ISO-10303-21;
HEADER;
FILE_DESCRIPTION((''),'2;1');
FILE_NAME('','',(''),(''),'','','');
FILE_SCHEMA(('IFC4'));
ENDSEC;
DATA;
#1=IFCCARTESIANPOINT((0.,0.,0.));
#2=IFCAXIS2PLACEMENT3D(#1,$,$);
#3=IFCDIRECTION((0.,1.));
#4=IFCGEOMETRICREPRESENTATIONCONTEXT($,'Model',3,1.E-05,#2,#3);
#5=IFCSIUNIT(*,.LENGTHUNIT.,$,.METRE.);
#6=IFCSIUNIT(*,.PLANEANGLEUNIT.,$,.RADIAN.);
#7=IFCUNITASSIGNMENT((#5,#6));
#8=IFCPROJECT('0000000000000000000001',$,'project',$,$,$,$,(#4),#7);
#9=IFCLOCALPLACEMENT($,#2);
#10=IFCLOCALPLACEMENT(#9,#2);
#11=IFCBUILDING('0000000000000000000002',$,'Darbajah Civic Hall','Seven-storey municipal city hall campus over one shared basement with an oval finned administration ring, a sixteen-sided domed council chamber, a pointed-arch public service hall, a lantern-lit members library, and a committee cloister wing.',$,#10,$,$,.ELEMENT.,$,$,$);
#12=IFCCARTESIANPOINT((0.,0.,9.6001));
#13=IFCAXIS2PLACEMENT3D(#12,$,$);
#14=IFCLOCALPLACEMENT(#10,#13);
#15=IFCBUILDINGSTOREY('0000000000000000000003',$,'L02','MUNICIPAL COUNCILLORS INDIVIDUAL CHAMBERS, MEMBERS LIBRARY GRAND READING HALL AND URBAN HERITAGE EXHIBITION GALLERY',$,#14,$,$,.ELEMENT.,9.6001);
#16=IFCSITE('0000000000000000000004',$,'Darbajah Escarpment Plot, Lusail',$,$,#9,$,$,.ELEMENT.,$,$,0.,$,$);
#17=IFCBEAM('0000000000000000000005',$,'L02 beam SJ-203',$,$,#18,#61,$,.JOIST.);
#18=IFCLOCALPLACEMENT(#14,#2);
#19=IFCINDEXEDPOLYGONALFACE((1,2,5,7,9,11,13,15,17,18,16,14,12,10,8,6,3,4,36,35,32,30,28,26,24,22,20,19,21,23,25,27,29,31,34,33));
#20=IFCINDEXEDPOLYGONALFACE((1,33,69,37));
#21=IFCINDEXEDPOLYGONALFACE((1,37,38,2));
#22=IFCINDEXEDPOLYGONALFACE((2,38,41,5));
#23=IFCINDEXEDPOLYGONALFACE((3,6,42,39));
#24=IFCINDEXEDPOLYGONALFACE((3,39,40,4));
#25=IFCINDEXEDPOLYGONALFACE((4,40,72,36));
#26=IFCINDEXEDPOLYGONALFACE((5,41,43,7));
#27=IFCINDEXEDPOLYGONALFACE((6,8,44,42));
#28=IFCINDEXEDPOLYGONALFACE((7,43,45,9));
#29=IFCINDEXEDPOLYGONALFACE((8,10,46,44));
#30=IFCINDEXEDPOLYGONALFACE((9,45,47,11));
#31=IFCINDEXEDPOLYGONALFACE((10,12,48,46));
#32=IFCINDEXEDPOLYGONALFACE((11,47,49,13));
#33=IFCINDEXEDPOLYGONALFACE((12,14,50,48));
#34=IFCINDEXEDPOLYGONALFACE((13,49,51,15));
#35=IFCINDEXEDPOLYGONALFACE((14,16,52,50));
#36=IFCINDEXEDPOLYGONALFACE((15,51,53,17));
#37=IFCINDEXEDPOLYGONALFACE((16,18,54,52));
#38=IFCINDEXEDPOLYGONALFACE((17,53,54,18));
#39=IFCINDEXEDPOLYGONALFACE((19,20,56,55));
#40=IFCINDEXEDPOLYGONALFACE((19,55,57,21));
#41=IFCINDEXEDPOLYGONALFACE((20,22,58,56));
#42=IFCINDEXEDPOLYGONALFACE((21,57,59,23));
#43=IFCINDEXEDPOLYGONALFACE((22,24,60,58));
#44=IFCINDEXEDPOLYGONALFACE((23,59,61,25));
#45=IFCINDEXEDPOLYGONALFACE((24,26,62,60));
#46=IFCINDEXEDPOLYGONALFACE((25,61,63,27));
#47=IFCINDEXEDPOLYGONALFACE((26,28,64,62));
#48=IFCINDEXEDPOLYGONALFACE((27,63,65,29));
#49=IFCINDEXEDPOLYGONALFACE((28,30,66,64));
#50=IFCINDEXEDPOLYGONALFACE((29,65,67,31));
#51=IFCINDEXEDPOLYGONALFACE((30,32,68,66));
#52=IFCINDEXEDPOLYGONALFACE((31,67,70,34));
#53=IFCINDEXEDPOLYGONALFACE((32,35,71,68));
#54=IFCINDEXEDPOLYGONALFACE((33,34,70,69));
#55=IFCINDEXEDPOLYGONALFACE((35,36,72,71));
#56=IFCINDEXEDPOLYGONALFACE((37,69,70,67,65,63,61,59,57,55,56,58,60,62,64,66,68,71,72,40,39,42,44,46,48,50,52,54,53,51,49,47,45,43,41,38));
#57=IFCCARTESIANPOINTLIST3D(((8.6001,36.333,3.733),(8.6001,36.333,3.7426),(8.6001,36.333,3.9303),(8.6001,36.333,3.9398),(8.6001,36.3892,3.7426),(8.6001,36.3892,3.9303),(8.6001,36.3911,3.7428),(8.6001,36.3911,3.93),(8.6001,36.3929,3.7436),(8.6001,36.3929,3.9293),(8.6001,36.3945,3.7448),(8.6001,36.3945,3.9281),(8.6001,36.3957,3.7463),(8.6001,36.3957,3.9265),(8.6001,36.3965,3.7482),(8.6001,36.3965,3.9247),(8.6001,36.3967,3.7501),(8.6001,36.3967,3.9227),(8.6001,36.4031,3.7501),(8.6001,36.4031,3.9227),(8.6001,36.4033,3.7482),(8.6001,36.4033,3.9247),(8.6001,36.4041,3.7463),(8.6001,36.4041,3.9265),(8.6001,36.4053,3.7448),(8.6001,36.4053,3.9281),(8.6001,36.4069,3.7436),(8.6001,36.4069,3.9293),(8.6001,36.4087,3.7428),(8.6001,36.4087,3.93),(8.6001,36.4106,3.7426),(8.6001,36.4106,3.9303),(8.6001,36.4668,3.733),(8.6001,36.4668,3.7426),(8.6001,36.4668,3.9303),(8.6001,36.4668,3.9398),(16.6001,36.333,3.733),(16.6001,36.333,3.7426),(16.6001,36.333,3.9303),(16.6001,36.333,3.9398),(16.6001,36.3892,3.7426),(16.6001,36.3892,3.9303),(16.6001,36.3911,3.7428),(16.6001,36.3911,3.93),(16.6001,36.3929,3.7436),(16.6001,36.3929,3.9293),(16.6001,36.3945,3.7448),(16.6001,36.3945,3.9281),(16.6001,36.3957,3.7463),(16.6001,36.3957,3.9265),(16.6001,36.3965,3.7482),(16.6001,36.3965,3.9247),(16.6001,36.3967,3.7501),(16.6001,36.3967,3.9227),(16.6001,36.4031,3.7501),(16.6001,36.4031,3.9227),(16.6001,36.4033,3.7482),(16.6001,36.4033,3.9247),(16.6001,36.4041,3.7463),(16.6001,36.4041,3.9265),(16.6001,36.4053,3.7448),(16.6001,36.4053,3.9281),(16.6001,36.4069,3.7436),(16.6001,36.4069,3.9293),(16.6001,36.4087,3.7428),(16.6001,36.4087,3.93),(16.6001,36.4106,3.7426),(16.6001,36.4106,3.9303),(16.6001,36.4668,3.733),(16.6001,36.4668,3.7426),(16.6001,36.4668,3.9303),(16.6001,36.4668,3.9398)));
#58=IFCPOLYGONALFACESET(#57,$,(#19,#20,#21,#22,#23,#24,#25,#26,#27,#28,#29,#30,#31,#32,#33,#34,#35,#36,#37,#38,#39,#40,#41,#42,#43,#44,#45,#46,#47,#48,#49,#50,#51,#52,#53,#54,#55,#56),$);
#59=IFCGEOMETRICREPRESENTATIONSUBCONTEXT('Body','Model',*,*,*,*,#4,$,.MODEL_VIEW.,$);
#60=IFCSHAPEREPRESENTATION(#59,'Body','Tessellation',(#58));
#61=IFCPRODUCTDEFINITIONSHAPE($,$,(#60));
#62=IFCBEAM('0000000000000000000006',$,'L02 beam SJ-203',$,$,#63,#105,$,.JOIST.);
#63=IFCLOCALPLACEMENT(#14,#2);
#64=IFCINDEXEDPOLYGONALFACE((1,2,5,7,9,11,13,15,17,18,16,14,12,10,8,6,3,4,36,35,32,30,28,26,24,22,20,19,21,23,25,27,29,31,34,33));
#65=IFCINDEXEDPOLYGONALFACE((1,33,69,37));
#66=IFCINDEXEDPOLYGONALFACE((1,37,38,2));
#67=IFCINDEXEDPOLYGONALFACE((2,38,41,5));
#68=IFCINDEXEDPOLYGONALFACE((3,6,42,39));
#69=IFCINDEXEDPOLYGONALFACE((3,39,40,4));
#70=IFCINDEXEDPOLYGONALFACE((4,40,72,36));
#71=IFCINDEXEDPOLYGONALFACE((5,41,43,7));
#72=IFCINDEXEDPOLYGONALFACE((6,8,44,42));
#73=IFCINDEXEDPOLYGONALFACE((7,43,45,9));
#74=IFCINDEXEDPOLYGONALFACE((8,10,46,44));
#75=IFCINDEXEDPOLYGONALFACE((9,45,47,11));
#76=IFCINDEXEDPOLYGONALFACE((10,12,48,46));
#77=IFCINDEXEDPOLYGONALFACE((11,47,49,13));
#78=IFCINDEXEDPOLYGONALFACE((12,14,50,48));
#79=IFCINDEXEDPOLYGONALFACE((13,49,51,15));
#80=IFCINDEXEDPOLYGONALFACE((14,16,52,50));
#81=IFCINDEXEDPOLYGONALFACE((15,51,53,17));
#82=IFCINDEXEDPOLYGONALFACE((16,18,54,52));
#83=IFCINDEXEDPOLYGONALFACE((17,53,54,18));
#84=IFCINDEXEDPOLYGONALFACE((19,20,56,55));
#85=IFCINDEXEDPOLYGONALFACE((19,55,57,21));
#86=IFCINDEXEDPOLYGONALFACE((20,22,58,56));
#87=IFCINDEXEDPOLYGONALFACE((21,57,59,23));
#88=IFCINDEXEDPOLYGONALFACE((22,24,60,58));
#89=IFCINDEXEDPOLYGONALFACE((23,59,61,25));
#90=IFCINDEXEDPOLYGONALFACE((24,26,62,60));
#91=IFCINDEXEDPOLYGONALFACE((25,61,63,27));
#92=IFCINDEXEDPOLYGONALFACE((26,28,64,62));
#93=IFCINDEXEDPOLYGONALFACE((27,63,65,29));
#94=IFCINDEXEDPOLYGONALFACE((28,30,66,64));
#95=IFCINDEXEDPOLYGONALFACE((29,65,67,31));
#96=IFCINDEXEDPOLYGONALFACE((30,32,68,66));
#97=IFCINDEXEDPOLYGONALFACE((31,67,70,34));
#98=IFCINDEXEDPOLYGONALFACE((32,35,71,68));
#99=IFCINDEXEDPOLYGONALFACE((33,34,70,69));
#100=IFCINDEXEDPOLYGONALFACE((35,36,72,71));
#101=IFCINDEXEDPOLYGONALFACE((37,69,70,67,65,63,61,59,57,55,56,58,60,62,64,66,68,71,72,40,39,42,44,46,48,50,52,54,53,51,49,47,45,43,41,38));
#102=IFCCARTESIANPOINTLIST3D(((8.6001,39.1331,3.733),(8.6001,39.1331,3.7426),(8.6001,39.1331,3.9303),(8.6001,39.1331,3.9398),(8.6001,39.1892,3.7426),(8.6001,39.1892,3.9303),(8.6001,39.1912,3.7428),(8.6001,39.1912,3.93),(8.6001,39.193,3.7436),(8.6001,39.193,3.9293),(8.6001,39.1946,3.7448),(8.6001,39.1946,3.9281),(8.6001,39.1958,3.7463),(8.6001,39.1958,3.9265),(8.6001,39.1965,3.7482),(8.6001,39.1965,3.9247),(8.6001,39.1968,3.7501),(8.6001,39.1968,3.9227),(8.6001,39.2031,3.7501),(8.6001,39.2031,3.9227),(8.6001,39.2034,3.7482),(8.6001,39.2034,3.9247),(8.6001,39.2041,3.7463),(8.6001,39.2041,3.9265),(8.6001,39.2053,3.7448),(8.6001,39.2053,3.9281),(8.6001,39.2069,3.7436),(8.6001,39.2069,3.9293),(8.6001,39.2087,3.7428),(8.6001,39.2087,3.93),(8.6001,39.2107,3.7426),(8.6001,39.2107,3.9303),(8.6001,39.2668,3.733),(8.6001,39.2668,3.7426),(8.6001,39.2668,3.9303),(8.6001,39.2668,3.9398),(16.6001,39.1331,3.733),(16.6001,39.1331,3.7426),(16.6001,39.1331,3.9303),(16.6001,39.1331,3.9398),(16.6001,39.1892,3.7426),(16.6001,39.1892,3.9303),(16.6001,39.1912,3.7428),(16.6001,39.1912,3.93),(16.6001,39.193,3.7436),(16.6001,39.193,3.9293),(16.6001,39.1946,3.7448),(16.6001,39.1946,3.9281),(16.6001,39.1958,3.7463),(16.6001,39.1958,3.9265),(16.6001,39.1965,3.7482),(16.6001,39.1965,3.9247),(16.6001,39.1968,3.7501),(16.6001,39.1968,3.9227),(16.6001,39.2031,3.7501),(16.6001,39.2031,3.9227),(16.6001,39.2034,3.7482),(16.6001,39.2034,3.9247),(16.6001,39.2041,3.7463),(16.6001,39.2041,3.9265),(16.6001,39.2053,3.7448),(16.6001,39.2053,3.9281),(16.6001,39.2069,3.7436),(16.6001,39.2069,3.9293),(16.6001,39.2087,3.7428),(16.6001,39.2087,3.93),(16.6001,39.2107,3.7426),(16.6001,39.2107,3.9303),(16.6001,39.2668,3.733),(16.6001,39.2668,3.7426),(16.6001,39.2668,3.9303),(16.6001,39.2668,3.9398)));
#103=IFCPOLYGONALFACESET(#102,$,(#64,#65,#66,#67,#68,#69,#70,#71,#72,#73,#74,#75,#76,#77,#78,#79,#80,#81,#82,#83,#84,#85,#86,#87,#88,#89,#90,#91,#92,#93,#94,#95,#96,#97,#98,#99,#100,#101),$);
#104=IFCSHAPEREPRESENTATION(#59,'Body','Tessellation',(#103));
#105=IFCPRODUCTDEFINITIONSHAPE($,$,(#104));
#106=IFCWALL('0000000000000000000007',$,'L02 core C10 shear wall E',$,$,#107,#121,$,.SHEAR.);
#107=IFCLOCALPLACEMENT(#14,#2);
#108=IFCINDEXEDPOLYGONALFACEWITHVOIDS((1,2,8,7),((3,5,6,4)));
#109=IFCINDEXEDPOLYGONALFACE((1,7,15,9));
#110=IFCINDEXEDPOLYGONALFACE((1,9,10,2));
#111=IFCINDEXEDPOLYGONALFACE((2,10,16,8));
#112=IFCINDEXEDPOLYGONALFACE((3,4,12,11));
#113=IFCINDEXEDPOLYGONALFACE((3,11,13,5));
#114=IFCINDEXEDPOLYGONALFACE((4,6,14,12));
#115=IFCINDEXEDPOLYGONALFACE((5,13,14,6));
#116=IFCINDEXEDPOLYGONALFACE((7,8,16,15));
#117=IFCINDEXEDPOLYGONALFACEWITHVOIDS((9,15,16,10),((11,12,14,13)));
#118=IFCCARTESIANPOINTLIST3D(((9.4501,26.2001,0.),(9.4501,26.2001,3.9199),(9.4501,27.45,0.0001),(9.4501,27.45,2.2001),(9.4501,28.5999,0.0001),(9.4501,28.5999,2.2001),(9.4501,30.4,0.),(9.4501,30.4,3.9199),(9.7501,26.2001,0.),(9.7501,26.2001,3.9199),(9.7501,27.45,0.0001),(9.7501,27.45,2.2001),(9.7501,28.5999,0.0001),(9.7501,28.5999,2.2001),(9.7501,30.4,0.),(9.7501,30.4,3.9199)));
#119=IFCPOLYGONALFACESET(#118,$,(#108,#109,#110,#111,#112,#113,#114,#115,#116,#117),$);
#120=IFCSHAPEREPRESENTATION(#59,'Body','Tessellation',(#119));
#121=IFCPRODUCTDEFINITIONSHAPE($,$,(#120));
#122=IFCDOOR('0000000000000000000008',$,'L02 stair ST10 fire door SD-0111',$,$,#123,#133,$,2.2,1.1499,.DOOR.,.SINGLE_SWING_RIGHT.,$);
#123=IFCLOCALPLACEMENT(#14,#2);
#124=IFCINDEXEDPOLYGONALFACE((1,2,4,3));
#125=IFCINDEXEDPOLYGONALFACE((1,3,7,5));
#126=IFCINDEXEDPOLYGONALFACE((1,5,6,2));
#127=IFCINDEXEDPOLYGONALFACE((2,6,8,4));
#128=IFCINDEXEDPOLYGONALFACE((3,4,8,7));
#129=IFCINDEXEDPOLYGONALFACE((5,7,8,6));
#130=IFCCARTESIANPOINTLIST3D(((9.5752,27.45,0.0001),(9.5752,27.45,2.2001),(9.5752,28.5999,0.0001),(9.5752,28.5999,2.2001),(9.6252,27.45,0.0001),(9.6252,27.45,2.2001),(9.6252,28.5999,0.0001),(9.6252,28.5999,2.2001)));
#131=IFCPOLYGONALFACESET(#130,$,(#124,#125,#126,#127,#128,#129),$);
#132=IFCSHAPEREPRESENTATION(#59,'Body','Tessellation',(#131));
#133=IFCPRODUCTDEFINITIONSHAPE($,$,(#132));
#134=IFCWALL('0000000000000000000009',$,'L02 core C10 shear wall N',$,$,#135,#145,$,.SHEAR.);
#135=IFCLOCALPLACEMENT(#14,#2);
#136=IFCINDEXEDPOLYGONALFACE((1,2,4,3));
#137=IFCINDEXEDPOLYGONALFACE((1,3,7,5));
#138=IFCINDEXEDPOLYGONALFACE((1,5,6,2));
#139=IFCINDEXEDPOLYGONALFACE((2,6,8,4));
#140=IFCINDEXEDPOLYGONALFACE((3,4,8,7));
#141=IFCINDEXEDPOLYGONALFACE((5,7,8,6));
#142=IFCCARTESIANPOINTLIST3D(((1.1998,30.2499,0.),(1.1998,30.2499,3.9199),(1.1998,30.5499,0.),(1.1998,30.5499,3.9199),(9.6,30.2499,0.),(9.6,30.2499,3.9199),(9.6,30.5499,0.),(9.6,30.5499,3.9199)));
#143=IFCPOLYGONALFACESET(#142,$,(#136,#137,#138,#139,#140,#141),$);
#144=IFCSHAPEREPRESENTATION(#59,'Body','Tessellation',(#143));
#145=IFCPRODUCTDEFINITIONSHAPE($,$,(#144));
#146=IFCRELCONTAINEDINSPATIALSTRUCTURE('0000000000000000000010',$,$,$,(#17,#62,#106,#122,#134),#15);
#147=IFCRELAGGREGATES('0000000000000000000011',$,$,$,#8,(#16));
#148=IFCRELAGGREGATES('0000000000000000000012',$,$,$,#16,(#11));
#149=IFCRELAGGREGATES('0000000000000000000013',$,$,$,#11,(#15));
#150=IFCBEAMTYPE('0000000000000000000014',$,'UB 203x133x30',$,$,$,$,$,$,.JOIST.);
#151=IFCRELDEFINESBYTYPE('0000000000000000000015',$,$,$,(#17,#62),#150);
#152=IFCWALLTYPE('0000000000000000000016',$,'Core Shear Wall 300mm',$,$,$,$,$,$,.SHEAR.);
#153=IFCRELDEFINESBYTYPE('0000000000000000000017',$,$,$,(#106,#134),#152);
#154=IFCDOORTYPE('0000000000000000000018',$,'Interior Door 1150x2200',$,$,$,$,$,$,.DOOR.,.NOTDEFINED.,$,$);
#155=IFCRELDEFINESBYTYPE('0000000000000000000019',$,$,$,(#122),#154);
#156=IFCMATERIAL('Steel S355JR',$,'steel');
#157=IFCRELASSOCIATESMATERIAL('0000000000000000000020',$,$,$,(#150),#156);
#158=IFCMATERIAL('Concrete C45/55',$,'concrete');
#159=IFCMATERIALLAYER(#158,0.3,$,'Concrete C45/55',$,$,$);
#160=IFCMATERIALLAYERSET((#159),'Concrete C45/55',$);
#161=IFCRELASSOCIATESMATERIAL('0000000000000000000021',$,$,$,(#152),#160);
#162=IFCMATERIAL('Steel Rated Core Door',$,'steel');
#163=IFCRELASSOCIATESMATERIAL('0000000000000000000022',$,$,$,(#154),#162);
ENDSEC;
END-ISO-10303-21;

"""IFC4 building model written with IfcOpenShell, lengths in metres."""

from ifc_helpers import new_model, si_unit, direction, frame, frame_2d, origin, origin_2d, place, context, subcontext, project, spatial, rectangle, i_section, extrude, material, layer, layer_set, material_profile, profile_set, type_object, element, fill, save


model = new_model("IFC4")

# Units and contexts
model_context = context("Model", 3, precision=1e-05, world=origin(), true_north=direction((0.0, 1.0)))
body_context = subcontext(model_context, "Body", "Model", "MODEL_VIEW")
ifc_project = project(units=[si_unit("LENGTHUNIT", "METRE"), si_unit("PLANEANGLEUNIT", "RADIAN")], contexts=[model_context])

# Site, building, storey
site_placement = place(None, origin())
site = spatial("IfcSite", under=ifc_project, at=site_placement, Name="Darbajah Escarpment Plot, Lusail", CompositionType="ELEMENT", RefElevation=0.0)
building_placement = place(site_placement, origin())
building = spatial("IfcBuilding", under=site, at=building_placement, Name="Darbajah Civic Hall", Description="Seven-storey municipal city hall campus over one shared basement with an oval finned administration ring, a sixteen-sided domed council chamber, a pointed-arch public service hall, a lantern-lit members library, and a committee cloister wing.", CompositionType="ELEMENT")
storey_placement = place(building_placement, frame((0.0, 0.0, 9.6001)))
storey = spatial("IfcBuildingStorey", under=building, at=storey_placement, Name="L02", Description="MUNICIPAL COUNCILLORS INDIVIDUAL CHAMBERS, MEMBERS LIBRARY GRAND READING HALL AND URBAN HERITAGE EXHIBITION GALLERY", CompositionType="ELEMENT", Elevation=9.6001)

# Shared definitions
ifc_material_1 = material(Name="Concrete C45/55", Category="concrete")

# Beams
ifc_material_2 = material(Name="Steel S355JR", Category="steel")
ifc_material_profile_1 = material_profile(ifc_material_2, i_section(OverallWidth=0.1338, OverallDepth=0.2068, WebThickness=0.0063, FlangeThickness=0.0095, FilletRadius=0.0076, at=origin_2d()), Name="UB 203x133x30")
ifc_profile_set_1 = profile_set([ifc_material_profile_1], Name="Steel S355JR")
beam_type_1 = type_object("IfcBeamType", Name="UB 203x133x30", PredefinedType="JOIST", material=ifc_profile_set_1)
for number, where, z_axis, x_axis, name in (
    (1, (8.6001, 36.3999, 3.8364), (1.0, 0.0, 0.0), (0.0, 1.0, 0.0), "L02 beam SJ-203"),
    (2, (8.6001, 39.2, 3.8364), (1.0, 0.0, 0.0), (0.0, 1.0, 0.0), "L02 beam SJ-203"),
):
    element("IfcBeam", number, at=place(storey_placement, frame(where, z_axis=z_axis, x_axis=x_axis)), inside=storey, type_object=beam_type_1, Name=name, PredefinedType="JOIST", context=body_context, shape_type="SweptSolid", body=[
        extrude(i_section(OverallWidth=0.1338, OverallDepth=0.2068, WebThickness=0.0063, FlangeThickness=0.0095, FilletRadius=0.0076, at=origin_2d()), origin(), (0.0, 0.0, 1.0), 8.0),
    ])

# Wall, opening, door
ifc_layer_1 = layer(ifc_material_1, 0.3, Name="Concrete C45/55")
ifc_layer_set_1 = layer_set([ifc_layer_1], Name="Concrete C45/55")
wall_type_1 = type_object("IfcWallType", Name="Core Shear Wall 300mm", PredefinedType="SHEAR", material=ifc_layer_set_1)
wall_1_placement = place(storey_placement, frame((9.6001, 26.2, 0.0), z_axis=(0.0, 0.0, 1.0), x_axis=(0.0, 1.0, 0.0)))
wall_1 = element("IfcWall", 3, at=wall_1_placement, inside=storey, type_object=wall_type_1, Name="L02 core C10 shear wall E", PredefinedType="SHEAR", context=body_context, shape_type="SweptSolid", body=[
    extrude(rectangle(XDim=4.2, YDim=0.3, at=frame_2d((2.1001, 0.0))), origin(), (0.0, 0.0, 1.0), 3.9199),
])
opening_1_placement = place(wall_1_placement, frame((1.25, 0.0, 0.0)))
opening_1 = element("IfcOpeningElement", 4, at=opening_1_placement, cuts=wall_1, PredefinedType="OPENING", context=body_context, shape_type="SweptSolid", body=[
    extrude(rectangle(XDim=1.1499, YDim=2.2, at=frame_2d((0.575, 1.1001))), frame((0.0, 0.1599, 0.0), z_axis=(0.0, -1.0, 0.0), x_axis=(1.0, 0.0, 0.0)), (0.0, 0.0, 1.0), 0.3201),
])
ifc_material_3 = material(Name="Steel Rated Core Door", Category="steel")
door_type_1 = type_object("IfcDoorType", Name="Interior Door 1150x2200", OperationType="NOTDEFINED", PredefinedType="DOOR", material=ifc_material_3)
door_1_placement = place(opening_1_placement, origin())
door_1 = element("IfcDoor", 5, at=door_1_placement, inside=storey, type_object=door_type_1, Name="L02 stair ST10 fire door SD-0111", OperationType="SINGLE_SWING_RIGHT", OverallHeight=2.2, OverallWidth=1.1499, PredefinedType="DOOR", context=body_context, shape_type="SweptSolid", body=[
    extrude(rectangle(XDim=1.1499, YDim=2.2, at=frame_2d((0.575, 1.1001))), frame((0.0, 0.0249, 0.0), z_axis=(0.0, -1.0, 0.0), x_axis=(1.0, 0.0, 0.0)), (0.0, 0.0, 1.0), 0.05),
])
fill(opening_1, door_1)

# Wall
wall_2_placement = place(storey_placement, frame((9.6001, 30.3999, 0.0), z_axis=(0.0, 0.0, 1.0), x_axis=(-1.0, 0.0, 0.0)))
element("IfcWall", 6, at=wall_2_placement, inside=storey, type_object=wall_type_1, Name="L02 core C10 shear wall N", PredefinedType="SHEAR", context=body_context, shape_type="SweptSolid", body=[
    extrude(rectangle(XDim=8.4001, YDim=0.3, at=frame_2d((4.2002, 0.0))), origin(), (0.0, 0.0, 1.0), 3.9199),
])

save(model, "model.ifc")
